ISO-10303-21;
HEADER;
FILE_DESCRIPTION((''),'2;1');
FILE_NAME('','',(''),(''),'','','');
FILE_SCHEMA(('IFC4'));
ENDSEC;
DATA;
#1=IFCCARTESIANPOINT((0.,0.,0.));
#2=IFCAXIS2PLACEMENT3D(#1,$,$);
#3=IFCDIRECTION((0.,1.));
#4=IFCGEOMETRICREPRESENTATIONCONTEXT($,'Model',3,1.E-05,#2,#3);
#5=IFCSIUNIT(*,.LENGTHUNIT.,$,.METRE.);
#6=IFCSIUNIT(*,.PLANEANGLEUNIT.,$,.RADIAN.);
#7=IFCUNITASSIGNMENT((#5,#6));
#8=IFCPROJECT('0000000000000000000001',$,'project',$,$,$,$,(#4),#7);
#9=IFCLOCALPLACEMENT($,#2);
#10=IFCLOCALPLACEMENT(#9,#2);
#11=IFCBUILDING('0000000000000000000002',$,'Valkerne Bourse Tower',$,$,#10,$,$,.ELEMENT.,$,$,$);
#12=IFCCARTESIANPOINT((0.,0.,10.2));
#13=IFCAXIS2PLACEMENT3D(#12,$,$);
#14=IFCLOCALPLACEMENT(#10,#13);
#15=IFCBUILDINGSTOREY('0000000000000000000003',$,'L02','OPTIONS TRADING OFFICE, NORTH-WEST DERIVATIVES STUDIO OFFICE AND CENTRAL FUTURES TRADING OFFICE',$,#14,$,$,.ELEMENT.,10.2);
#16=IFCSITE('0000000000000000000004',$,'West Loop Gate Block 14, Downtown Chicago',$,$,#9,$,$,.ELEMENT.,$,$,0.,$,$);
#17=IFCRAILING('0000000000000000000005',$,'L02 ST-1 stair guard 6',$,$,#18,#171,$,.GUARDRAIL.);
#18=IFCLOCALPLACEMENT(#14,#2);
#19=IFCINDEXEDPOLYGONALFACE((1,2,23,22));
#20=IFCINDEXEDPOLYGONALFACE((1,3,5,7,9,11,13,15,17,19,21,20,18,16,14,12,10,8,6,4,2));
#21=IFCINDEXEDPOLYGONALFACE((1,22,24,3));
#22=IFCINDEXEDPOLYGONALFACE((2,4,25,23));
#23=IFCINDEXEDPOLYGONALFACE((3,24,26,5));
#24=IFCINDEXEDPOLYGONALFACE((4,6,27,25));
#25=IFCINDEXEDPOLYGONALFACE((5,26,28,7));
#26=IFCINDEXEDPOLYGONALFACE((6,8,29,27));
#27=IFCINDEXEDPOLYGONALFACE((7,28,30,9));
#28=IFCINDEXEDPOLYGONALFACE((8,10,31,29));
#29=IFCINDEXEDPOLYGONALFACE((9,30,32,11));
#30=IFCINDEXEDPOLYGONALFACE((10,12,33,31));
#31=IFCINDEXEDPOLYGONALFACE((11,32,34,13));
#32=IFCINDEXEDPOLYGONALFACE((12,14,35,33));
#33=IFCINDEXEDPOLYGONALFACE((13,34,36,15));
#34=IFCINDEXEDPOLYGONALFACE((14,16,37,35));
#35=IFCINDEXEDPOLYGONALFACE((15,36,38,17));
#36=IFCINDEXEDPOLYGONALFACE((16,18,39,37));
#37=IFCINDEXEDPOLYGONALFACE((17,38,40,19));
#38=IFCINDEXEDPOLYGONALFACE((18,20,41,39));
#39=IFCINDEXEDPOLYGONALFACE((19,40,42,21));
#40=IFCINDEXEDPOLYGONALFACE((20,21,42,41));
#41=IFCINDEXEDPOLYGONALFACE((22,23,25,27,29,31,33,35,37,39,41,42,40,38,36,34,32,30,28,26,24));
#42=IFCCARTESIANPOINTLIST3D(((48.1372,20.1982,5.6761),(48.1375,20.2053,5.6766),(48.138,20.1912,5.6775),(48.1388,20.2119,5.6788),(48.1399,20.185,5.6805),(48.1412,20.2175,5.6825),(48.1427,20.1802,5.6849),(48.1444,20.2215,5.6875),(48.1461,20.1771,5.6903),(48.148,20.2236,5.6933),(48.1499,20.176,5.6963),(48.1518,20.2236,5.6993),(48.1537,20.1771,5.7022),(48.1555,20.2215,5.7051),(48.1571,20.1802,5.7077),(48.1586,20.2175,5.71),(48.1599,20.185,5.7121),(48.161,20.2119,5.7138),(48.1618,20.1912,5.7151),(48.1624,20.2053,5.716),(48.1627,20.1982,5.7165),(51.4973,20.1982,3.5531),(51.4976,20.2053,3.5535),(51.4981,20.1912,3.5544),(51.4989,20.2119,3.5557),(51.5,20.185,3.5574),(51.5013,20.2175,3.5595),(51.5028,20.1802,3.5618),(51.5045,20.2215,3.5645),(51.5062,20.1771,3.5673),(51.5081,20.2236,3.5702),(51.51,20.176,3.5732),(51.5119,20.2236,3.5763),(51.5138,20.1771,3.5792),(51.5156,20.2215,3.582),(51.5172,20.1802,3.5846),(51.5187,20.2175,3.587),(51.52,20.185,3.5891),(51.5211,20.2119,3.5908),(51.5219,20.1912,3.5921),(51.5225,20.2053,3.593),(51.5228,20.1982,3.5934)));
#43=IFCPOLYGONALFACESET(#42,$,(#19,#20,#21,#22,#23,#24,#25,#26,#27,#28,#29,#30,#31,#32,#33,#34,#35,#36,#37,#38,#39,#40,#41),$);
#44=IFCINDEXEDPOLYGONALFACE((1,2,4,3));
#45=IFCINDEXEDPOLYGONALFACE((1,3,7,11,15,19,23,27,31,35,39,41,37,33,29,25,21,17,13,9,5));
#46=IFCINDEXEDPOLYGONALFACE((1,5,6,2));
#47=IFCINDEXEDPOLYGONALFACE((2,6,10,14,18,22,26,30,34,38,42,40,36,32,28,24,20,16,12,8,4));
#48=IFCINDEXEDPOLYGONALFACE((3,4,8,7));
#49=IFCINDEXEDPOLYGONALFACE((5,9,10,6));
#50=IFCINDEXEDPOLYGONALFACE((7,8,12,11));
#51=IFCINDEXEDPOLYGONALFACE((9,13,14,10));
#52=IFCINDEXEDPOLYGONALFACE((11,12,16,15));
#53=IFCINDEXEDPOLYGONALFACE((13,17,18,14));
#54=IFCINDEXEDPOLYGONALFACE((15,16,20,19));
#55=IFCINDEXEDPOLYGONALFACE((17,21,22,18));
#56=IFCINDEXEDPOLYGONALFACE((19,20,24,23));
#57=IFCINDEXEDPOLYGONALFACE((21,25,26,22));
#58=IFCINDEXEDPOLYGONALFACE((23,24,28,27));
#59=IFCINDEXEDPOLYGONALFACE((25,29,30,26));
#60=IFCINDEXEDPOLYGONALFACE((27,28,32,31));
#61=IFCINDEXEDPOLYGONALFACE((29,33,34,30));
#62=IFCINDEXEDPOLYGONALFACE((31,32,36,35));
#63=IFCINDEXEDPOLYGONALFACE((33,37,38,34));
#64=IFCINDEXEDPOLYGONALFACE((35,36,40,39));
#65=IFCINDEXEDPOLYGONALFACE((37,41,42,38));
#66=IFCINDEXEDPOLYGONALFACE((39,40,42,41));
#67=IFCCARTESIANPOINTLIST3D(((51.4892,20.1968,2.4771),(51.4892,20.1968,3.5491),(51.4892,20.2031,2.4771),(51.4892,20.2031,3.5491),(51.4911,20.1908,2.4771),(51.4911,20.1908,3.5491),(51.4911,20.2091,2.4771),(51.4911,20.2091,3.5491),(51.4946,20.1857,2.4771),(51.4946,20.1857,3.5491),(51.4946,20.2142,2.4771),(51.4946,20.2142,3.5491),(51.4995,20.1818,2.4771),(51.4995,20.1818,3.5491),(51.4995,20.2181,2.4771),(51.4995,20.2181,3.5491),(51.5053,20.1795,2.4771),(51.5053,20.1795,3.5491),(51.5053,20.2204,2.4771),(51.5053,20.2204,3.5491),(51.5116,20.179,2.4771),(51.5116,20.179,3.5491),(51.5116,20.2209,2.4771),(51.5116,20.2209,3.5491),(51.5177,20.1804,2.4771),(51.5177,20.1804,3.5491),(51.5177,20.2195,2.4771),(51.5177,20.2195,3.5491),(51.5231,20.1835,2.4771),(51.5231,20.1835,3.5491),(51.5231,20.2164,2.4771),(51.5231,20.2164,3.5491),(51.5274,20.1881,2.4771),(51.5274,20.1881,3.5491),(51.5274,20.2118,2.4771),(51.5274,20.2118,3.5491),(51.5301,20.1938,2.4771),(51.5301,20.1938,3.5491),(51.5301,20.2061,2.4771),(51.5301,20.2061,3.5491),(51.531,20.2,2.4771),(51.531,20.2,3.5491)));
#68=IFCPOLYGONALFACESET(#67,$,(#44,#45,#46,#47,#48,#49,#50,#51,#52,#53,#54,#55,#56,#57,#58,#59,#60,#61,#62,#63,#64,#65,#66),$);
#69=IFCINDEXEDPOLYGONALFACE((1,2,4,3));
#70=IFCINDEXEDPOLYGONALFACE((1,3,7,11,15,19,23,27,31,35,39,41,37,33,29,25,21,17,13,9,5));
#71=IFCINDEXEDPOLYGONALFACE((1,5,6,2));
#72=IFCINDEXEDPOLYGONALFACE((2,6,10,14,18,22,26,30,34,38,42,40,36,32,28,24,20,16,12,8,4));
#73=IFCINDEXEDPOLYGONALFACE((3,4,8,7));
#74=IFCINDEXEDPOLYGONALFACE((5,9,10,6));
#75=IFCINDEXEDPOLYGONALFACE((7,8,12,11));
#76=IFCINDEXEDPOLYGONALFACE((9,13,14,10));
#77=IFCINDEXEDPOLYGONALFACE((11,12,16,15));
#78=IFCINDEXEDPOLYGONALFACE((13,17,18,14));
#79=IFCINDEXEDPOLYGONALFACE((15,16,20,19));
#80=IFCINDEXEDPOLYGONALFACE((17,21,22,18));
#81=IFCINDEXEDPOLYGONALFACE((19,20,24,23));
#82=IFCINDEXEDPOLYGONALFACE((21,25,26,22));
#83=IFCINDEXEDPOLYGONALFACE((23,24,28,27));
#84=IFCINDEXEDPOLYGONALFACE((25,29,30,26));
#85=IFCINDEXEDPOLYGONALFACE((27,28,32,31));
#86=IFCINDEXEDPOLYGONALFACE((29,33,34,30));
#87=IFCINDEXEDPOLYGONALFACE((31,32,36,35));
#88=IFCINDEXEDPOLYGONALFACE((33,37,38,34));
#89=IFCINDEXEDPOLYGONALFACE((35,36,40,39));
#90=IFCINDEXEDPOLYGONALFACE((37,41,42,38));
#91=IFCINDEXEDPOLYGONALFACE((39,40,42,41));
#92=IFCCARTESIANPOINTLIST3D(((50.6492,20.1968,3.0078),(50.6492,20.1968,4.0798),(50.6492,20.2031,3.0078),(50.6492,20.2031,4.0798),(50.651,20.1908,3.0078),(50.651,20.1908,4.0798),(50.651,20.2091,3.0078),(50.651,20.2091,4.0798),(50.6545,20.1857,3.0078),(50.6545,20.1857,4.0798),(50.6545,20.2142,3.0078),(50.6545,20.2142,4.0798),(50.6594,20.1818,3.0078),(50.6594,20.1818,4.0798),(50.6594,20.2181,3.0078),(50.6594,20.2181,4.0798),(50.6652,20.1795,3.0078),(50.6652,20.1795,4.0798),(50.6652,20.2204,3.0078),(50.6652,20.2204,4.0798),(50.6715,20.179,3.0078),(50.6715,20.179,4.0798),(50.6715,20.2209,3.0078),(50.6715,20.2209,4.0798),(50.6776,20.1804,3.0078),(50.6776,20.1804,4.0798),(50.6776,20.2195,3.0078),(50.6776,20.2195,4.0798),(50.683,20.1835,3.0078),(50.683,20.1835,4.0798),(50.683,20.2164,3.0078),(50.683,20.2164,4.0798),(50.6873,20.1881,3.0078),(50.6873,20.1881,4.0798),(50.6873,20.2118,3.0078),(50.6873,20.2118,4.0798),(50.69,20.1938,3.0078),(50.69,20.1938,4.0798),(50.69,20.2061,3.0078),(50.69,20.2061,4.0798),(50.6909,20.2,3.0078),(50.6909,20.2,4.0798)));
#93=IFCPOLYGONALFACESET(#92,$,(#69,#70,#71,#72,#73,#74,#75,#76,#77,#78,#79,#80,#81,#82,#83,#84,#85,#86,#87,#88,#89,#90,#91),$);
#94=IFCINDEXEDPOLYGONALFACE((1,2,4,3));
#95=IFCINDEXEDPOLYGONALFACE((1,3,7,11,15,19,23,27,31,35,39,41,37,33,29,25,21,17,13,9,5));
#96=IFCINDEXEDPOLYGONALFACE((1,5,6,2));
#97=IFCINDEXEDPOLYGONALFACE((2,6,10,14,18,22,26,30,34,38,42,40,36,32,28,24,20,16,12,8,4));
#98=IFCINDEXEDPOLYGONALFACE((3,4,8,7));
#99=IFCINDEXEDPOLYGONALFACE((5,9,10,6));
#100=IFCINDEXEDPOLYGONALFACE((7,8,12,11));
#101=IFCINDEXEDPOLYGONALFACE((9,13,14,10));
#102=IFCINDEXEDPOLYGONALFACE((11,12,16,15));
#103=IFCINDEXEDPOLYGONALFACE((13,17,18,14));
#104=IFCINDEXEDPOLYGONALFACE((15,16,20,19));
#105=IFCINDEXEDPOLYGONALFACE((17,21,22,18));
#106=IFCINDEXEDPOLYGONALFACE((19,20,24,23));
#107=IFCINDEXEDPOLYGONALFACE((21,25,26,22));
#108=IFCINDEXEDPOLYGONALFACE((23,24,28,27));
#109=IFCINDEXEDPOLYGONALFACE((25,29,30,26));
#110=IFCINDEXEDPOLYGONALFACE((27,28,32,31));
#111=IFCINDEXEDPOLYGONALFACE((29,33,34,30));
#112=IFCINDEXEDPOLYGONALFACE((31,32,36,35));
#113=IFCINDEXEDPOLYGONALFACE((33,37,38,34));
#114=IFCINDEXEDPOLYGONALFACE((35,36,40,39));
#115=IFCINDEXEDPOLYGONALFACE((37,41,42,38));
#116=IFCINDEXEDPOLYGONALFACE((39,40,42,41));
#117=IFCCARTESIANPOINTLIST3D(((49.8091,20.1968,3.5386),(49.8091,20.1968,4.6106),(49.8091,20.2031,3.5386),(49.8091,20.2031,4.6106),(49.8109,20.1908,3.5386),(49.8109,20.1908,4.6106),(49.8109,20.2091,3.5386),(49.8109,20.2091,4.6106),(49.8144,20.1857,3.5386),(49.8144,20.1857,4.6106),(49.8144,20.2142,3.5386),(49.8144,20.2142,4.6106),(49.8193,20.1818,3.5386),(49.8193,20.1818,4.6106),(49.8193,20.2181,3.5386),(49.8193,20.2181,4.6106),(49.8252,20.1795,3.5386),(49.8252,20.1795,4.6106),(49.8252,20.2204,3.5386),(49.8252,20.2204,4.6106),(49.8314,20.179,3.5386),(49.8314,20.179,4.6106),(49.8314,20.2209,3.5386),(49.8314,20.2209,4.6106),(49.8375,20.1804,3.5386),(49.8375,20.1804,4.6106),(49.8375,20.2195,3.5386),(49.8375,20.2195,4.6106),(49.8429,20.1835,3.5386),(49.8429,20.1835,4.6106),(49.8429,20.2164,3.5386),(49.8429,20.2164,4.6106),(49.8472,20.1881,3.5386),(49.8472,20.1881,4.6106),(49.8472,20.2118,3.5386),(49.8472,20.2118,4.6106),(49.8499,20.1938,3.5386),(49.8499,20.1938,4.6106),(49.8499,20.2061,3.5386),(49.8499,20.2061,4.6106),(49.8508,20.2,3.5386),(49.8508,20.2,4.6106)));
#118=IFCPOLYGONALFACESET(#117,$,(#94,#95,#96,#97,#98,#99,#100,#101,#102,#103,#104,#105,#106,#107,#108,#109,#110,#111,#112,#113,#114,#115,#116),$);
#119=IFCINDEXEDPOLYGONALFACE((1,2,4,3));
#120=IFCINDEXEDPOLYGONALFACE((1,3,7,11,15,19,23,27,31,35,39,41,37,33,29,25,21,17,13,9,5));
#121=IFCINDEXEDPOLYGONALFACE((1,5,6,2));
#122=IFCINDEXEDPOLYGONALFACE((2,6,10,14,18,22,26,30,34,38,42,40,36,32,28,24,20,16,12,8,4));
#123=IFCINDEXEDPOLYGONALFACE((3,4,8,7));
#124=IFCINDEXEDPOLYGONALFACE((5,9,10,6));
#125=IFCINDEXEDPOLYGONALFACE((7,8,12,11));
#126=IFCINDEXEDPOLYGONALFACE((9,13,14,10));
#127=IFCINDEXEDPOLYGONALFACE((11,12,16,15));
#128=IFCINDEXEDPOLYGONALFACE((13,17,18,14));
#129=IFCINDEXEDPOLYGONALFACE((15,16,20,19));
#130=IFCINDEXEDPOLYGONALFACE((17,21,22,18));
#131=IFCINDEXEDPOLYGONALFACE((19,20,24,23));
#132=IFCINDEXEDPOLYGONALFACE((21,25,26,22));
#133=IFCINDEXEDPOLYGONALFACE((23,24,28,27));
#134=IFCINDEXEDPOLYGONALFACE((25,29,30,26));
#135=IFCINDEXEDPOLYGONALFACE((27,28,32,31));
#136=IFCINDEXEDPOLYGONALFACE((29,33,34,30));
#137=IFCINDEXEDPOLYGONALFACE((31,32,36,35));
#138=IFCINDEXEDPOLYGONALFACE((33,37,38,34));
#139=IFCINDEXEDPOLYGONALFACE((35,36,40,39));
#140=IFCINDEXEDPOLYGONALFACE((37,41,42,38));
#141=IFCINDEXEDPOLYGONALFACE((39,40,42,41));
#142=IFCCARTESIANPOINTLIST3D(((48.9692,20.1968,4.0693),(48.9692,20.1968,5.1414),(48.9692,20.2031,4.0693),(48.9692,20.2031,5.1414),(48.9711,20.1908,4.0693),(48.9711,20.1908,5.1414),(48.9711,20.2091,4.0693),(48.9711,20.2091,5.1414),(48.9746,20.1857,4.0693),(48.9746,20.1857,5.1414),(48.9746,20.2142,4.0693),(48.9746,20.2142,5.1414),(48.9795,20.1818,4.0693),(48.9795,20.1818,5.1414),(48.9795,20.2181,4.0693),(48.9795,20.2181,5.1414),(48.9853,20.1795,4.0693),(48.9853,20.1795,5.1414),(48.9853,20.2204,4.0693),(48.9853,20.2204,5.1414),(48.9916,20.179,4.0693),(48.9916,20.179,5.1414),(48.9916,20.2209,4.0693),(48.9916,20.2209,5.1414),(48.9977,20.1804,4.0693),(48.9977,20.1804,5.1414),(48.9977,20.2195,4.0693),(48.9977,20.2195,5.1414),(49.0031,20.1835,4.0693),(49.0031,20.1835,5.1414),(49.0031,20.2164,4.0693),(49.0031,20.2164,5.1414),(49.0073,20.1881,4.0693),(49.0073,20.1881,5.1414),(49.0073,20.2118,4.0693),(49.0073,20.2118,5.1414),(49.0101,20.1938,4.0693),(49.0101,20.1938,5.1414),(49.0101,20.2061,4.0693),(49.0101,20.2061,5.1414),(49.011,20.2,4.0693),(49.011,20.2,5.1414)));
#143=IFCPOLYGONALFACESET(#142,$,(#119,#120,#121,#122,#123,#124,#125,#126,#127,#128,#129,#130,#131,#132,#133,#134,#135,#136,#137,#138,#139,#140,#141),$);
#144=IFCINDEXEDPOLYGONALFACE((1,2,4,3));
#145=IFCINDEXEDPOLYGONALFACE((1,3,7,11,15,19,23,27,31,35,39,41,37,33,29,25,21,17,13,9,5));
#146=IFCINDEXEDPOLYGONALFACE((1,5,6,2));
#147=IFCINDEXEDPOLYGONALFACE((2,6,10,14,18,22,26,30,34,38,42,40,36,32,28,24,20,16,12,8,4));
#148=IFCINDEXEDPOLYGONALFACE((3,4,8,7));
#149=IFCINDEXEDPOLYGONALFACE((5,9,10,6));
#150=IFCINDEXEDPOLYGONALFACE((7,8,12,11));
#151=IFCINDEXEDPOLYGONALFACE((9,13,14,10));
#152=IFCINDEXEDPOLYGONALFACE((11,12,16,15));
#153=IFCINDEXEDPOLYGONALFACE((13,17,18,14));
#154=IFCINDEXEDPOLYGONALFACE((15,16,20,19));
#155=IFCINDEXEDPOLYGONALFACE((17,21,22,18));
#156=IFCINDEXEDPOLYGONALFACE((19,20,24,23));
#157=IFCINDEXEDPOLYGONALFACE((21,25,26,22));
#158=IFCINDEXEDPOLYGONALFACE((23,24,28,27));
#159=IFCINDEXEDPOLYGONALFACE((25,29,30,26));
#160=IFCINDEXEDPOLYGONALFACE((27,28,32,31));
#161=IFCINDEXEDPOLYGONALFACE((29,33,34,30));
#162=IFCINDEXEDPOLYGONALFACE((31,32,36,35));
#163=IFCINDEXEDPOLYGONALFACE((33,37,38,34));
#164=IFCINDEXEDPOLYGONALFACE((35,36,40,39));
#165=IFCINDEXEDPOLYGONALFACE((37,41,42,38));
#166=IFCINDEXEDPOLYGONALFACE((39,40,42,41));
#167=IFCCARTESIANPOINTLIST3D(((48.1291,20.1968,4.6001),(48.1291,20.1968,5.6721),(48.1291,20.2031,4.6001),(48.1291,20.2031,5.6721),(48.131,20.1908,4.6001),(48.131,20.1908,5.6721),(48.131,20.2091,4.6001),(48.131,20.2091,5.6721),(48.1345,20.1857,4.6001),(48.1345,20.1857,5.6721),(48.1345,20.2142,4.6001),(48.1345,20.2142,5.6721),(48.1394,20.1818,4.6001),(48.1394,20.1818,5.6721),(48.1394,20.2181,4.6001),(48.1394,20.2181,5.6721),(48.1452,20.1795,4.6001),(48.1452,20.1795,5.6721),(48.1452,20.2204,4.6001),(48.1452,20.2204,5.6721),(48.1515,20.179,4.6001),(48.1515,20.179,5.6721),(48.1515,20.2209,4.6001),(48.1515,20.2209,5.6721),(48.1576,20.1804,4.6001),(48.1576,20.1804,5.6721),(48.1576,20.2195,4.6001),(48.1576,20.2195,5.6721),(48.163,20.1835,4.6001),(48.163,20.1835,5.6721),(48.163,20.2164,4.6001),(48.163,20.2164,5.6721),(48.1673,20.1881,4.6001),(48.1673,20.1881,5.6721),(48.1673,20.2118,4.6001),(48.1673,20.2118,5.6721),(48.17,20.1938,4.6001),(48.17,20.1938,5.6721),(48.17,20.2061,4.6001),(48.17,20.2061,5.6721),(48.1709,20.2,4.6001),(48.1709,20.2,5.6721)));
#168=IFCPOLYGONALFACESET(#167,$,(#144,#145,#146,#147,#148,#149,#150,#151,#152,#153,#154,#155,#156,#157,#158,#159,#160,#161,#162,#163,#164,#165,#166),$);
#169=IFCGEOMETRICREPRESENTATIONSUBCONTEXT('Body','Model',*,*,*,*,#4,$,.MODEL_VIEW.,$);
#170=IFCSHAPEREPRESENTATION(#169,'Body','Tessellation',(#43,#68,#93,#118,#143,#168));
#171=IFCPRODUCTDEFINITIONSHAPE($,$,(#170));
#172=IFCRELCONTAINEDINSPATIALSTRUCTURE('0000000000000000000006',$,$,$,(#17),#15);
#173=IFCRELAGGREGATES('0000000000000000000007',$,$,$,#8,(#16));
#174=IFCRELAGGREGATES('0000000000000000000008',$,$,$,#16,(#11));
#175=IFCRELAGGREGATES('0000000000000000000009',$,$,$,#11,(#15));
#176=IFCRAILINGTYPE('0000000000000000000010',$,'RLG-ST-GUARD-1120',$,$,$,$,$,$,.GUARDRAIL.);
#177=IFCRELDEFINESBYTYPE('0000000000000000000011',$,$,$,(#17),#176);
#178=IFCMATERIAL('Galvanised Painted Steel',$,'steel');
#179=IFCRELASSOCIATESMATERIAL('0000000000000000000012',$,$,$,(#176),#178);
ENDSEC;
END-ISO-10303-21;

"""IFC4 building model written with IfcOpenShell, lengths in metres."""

from ifc_helpers import new_model, si_unit, direction, frame, origin, origin_2d, place, context, subcontext, project, spatial, circle, extrude, material, type_object, element, save


model = new_model("IFC4")

# Units and contexts
model_context = context("Model", 3, precision=1e-05, world=origin(), true_north=direction((0.0, 1.0)))
body_context = subcontext(model_context, "Body", "Model", "MODEL_VIEW")
ifc_project = project(units=[si_unit("LENGTHUNIT", "METRE"), si_unit("PLANEANGLEUNIT", "RADIAN")], contexts=[model_context])

# Site, building, storey
site_placement = place(None, origin())
site = spatial("IfcSite", under=ifc_project, at=site_placement, Name="West Loop Gate Block 14, Downtown Chicago", CompositionType="ELEMENT", RefElevation=0.0)
building_placement = place(site_placement, origin())
building = spatial("IfcBuilding", under=site, at=building_placement, Name="Valkerne Bourse Tower", CompositionType="ELEMENT")
storey_placement = place(building_placement, frame((0.0, 0.0, 10.2)))
storey = spatial("IfcBuildingStorey", under=building, at=storey_placement, Name="L02", Description="OPTIONS TRADING OFFICE, NORTH-WEST DERIVATIVES STUDIO OFFICE AND CENTRAL FUTURES TRADING OFFICE", CompositionType="ELEMENT", Elevation=10.2)

# Shared definitions
ifc_material_1 = material(Name="Galvanised Painted Steel", Category="steel")

# Railing
railing_type_1 = type_object("IfcRailingType", Name="RLG-ST-GUARD-1120", PredefinedType="GUARDRAIL", material=ifc_material_1)
railing_1_placement = place(storey_placement, frame((51.51, 20.2, 2.4771)))
element("IfcRailing", 1, at=railing_1_placement, inside=storey, type_object=railing_type_1, Name="L02 ST-1 stair guard 6", PredefinedType="GUARDRAIL", context=body_context, shape_type="SweptSolid", body=[
    extrude(circle(Radius=0.0239, at=origin_2d()), frame((0.0, 0.0, 1.0962), z_axis=(-0.84539, 0.0, 0.53415), x_axis=(0.0, -1.0, 0.0)), (0.0, 0.0, 1.0), 3.9746),
    extrude(circle(Radius=0.021, at=origin_2d()), origin(), (0.0, 0.0, 1.0), 1.072),
    extrude(circle(Radius=0.021, at=origin_2d()), frame((-0.8401, 0.0, 0.5308)), (0.0, 0.0, 1.0), 1.072),
    extrude(circle(Radius=0.021, at=origin_2d()), frame((-1.6802, 0.0, 1.0615)), (0.0, 0.0, 1.0), 1.072),
    extrude(circle(Radius=0.021, at=origin_2d()), frame((-2.52, 0.0, 1.5923)), (0.0, 0.0, 1.0), 1.072),
    extrude(circle(Radius=0.021, at=origin_2d()), frame((-3.3601, 0.0, 2.123)), (0.0, 0.0, 1.0), 1.072),
])

save(model, "model.ifc")
